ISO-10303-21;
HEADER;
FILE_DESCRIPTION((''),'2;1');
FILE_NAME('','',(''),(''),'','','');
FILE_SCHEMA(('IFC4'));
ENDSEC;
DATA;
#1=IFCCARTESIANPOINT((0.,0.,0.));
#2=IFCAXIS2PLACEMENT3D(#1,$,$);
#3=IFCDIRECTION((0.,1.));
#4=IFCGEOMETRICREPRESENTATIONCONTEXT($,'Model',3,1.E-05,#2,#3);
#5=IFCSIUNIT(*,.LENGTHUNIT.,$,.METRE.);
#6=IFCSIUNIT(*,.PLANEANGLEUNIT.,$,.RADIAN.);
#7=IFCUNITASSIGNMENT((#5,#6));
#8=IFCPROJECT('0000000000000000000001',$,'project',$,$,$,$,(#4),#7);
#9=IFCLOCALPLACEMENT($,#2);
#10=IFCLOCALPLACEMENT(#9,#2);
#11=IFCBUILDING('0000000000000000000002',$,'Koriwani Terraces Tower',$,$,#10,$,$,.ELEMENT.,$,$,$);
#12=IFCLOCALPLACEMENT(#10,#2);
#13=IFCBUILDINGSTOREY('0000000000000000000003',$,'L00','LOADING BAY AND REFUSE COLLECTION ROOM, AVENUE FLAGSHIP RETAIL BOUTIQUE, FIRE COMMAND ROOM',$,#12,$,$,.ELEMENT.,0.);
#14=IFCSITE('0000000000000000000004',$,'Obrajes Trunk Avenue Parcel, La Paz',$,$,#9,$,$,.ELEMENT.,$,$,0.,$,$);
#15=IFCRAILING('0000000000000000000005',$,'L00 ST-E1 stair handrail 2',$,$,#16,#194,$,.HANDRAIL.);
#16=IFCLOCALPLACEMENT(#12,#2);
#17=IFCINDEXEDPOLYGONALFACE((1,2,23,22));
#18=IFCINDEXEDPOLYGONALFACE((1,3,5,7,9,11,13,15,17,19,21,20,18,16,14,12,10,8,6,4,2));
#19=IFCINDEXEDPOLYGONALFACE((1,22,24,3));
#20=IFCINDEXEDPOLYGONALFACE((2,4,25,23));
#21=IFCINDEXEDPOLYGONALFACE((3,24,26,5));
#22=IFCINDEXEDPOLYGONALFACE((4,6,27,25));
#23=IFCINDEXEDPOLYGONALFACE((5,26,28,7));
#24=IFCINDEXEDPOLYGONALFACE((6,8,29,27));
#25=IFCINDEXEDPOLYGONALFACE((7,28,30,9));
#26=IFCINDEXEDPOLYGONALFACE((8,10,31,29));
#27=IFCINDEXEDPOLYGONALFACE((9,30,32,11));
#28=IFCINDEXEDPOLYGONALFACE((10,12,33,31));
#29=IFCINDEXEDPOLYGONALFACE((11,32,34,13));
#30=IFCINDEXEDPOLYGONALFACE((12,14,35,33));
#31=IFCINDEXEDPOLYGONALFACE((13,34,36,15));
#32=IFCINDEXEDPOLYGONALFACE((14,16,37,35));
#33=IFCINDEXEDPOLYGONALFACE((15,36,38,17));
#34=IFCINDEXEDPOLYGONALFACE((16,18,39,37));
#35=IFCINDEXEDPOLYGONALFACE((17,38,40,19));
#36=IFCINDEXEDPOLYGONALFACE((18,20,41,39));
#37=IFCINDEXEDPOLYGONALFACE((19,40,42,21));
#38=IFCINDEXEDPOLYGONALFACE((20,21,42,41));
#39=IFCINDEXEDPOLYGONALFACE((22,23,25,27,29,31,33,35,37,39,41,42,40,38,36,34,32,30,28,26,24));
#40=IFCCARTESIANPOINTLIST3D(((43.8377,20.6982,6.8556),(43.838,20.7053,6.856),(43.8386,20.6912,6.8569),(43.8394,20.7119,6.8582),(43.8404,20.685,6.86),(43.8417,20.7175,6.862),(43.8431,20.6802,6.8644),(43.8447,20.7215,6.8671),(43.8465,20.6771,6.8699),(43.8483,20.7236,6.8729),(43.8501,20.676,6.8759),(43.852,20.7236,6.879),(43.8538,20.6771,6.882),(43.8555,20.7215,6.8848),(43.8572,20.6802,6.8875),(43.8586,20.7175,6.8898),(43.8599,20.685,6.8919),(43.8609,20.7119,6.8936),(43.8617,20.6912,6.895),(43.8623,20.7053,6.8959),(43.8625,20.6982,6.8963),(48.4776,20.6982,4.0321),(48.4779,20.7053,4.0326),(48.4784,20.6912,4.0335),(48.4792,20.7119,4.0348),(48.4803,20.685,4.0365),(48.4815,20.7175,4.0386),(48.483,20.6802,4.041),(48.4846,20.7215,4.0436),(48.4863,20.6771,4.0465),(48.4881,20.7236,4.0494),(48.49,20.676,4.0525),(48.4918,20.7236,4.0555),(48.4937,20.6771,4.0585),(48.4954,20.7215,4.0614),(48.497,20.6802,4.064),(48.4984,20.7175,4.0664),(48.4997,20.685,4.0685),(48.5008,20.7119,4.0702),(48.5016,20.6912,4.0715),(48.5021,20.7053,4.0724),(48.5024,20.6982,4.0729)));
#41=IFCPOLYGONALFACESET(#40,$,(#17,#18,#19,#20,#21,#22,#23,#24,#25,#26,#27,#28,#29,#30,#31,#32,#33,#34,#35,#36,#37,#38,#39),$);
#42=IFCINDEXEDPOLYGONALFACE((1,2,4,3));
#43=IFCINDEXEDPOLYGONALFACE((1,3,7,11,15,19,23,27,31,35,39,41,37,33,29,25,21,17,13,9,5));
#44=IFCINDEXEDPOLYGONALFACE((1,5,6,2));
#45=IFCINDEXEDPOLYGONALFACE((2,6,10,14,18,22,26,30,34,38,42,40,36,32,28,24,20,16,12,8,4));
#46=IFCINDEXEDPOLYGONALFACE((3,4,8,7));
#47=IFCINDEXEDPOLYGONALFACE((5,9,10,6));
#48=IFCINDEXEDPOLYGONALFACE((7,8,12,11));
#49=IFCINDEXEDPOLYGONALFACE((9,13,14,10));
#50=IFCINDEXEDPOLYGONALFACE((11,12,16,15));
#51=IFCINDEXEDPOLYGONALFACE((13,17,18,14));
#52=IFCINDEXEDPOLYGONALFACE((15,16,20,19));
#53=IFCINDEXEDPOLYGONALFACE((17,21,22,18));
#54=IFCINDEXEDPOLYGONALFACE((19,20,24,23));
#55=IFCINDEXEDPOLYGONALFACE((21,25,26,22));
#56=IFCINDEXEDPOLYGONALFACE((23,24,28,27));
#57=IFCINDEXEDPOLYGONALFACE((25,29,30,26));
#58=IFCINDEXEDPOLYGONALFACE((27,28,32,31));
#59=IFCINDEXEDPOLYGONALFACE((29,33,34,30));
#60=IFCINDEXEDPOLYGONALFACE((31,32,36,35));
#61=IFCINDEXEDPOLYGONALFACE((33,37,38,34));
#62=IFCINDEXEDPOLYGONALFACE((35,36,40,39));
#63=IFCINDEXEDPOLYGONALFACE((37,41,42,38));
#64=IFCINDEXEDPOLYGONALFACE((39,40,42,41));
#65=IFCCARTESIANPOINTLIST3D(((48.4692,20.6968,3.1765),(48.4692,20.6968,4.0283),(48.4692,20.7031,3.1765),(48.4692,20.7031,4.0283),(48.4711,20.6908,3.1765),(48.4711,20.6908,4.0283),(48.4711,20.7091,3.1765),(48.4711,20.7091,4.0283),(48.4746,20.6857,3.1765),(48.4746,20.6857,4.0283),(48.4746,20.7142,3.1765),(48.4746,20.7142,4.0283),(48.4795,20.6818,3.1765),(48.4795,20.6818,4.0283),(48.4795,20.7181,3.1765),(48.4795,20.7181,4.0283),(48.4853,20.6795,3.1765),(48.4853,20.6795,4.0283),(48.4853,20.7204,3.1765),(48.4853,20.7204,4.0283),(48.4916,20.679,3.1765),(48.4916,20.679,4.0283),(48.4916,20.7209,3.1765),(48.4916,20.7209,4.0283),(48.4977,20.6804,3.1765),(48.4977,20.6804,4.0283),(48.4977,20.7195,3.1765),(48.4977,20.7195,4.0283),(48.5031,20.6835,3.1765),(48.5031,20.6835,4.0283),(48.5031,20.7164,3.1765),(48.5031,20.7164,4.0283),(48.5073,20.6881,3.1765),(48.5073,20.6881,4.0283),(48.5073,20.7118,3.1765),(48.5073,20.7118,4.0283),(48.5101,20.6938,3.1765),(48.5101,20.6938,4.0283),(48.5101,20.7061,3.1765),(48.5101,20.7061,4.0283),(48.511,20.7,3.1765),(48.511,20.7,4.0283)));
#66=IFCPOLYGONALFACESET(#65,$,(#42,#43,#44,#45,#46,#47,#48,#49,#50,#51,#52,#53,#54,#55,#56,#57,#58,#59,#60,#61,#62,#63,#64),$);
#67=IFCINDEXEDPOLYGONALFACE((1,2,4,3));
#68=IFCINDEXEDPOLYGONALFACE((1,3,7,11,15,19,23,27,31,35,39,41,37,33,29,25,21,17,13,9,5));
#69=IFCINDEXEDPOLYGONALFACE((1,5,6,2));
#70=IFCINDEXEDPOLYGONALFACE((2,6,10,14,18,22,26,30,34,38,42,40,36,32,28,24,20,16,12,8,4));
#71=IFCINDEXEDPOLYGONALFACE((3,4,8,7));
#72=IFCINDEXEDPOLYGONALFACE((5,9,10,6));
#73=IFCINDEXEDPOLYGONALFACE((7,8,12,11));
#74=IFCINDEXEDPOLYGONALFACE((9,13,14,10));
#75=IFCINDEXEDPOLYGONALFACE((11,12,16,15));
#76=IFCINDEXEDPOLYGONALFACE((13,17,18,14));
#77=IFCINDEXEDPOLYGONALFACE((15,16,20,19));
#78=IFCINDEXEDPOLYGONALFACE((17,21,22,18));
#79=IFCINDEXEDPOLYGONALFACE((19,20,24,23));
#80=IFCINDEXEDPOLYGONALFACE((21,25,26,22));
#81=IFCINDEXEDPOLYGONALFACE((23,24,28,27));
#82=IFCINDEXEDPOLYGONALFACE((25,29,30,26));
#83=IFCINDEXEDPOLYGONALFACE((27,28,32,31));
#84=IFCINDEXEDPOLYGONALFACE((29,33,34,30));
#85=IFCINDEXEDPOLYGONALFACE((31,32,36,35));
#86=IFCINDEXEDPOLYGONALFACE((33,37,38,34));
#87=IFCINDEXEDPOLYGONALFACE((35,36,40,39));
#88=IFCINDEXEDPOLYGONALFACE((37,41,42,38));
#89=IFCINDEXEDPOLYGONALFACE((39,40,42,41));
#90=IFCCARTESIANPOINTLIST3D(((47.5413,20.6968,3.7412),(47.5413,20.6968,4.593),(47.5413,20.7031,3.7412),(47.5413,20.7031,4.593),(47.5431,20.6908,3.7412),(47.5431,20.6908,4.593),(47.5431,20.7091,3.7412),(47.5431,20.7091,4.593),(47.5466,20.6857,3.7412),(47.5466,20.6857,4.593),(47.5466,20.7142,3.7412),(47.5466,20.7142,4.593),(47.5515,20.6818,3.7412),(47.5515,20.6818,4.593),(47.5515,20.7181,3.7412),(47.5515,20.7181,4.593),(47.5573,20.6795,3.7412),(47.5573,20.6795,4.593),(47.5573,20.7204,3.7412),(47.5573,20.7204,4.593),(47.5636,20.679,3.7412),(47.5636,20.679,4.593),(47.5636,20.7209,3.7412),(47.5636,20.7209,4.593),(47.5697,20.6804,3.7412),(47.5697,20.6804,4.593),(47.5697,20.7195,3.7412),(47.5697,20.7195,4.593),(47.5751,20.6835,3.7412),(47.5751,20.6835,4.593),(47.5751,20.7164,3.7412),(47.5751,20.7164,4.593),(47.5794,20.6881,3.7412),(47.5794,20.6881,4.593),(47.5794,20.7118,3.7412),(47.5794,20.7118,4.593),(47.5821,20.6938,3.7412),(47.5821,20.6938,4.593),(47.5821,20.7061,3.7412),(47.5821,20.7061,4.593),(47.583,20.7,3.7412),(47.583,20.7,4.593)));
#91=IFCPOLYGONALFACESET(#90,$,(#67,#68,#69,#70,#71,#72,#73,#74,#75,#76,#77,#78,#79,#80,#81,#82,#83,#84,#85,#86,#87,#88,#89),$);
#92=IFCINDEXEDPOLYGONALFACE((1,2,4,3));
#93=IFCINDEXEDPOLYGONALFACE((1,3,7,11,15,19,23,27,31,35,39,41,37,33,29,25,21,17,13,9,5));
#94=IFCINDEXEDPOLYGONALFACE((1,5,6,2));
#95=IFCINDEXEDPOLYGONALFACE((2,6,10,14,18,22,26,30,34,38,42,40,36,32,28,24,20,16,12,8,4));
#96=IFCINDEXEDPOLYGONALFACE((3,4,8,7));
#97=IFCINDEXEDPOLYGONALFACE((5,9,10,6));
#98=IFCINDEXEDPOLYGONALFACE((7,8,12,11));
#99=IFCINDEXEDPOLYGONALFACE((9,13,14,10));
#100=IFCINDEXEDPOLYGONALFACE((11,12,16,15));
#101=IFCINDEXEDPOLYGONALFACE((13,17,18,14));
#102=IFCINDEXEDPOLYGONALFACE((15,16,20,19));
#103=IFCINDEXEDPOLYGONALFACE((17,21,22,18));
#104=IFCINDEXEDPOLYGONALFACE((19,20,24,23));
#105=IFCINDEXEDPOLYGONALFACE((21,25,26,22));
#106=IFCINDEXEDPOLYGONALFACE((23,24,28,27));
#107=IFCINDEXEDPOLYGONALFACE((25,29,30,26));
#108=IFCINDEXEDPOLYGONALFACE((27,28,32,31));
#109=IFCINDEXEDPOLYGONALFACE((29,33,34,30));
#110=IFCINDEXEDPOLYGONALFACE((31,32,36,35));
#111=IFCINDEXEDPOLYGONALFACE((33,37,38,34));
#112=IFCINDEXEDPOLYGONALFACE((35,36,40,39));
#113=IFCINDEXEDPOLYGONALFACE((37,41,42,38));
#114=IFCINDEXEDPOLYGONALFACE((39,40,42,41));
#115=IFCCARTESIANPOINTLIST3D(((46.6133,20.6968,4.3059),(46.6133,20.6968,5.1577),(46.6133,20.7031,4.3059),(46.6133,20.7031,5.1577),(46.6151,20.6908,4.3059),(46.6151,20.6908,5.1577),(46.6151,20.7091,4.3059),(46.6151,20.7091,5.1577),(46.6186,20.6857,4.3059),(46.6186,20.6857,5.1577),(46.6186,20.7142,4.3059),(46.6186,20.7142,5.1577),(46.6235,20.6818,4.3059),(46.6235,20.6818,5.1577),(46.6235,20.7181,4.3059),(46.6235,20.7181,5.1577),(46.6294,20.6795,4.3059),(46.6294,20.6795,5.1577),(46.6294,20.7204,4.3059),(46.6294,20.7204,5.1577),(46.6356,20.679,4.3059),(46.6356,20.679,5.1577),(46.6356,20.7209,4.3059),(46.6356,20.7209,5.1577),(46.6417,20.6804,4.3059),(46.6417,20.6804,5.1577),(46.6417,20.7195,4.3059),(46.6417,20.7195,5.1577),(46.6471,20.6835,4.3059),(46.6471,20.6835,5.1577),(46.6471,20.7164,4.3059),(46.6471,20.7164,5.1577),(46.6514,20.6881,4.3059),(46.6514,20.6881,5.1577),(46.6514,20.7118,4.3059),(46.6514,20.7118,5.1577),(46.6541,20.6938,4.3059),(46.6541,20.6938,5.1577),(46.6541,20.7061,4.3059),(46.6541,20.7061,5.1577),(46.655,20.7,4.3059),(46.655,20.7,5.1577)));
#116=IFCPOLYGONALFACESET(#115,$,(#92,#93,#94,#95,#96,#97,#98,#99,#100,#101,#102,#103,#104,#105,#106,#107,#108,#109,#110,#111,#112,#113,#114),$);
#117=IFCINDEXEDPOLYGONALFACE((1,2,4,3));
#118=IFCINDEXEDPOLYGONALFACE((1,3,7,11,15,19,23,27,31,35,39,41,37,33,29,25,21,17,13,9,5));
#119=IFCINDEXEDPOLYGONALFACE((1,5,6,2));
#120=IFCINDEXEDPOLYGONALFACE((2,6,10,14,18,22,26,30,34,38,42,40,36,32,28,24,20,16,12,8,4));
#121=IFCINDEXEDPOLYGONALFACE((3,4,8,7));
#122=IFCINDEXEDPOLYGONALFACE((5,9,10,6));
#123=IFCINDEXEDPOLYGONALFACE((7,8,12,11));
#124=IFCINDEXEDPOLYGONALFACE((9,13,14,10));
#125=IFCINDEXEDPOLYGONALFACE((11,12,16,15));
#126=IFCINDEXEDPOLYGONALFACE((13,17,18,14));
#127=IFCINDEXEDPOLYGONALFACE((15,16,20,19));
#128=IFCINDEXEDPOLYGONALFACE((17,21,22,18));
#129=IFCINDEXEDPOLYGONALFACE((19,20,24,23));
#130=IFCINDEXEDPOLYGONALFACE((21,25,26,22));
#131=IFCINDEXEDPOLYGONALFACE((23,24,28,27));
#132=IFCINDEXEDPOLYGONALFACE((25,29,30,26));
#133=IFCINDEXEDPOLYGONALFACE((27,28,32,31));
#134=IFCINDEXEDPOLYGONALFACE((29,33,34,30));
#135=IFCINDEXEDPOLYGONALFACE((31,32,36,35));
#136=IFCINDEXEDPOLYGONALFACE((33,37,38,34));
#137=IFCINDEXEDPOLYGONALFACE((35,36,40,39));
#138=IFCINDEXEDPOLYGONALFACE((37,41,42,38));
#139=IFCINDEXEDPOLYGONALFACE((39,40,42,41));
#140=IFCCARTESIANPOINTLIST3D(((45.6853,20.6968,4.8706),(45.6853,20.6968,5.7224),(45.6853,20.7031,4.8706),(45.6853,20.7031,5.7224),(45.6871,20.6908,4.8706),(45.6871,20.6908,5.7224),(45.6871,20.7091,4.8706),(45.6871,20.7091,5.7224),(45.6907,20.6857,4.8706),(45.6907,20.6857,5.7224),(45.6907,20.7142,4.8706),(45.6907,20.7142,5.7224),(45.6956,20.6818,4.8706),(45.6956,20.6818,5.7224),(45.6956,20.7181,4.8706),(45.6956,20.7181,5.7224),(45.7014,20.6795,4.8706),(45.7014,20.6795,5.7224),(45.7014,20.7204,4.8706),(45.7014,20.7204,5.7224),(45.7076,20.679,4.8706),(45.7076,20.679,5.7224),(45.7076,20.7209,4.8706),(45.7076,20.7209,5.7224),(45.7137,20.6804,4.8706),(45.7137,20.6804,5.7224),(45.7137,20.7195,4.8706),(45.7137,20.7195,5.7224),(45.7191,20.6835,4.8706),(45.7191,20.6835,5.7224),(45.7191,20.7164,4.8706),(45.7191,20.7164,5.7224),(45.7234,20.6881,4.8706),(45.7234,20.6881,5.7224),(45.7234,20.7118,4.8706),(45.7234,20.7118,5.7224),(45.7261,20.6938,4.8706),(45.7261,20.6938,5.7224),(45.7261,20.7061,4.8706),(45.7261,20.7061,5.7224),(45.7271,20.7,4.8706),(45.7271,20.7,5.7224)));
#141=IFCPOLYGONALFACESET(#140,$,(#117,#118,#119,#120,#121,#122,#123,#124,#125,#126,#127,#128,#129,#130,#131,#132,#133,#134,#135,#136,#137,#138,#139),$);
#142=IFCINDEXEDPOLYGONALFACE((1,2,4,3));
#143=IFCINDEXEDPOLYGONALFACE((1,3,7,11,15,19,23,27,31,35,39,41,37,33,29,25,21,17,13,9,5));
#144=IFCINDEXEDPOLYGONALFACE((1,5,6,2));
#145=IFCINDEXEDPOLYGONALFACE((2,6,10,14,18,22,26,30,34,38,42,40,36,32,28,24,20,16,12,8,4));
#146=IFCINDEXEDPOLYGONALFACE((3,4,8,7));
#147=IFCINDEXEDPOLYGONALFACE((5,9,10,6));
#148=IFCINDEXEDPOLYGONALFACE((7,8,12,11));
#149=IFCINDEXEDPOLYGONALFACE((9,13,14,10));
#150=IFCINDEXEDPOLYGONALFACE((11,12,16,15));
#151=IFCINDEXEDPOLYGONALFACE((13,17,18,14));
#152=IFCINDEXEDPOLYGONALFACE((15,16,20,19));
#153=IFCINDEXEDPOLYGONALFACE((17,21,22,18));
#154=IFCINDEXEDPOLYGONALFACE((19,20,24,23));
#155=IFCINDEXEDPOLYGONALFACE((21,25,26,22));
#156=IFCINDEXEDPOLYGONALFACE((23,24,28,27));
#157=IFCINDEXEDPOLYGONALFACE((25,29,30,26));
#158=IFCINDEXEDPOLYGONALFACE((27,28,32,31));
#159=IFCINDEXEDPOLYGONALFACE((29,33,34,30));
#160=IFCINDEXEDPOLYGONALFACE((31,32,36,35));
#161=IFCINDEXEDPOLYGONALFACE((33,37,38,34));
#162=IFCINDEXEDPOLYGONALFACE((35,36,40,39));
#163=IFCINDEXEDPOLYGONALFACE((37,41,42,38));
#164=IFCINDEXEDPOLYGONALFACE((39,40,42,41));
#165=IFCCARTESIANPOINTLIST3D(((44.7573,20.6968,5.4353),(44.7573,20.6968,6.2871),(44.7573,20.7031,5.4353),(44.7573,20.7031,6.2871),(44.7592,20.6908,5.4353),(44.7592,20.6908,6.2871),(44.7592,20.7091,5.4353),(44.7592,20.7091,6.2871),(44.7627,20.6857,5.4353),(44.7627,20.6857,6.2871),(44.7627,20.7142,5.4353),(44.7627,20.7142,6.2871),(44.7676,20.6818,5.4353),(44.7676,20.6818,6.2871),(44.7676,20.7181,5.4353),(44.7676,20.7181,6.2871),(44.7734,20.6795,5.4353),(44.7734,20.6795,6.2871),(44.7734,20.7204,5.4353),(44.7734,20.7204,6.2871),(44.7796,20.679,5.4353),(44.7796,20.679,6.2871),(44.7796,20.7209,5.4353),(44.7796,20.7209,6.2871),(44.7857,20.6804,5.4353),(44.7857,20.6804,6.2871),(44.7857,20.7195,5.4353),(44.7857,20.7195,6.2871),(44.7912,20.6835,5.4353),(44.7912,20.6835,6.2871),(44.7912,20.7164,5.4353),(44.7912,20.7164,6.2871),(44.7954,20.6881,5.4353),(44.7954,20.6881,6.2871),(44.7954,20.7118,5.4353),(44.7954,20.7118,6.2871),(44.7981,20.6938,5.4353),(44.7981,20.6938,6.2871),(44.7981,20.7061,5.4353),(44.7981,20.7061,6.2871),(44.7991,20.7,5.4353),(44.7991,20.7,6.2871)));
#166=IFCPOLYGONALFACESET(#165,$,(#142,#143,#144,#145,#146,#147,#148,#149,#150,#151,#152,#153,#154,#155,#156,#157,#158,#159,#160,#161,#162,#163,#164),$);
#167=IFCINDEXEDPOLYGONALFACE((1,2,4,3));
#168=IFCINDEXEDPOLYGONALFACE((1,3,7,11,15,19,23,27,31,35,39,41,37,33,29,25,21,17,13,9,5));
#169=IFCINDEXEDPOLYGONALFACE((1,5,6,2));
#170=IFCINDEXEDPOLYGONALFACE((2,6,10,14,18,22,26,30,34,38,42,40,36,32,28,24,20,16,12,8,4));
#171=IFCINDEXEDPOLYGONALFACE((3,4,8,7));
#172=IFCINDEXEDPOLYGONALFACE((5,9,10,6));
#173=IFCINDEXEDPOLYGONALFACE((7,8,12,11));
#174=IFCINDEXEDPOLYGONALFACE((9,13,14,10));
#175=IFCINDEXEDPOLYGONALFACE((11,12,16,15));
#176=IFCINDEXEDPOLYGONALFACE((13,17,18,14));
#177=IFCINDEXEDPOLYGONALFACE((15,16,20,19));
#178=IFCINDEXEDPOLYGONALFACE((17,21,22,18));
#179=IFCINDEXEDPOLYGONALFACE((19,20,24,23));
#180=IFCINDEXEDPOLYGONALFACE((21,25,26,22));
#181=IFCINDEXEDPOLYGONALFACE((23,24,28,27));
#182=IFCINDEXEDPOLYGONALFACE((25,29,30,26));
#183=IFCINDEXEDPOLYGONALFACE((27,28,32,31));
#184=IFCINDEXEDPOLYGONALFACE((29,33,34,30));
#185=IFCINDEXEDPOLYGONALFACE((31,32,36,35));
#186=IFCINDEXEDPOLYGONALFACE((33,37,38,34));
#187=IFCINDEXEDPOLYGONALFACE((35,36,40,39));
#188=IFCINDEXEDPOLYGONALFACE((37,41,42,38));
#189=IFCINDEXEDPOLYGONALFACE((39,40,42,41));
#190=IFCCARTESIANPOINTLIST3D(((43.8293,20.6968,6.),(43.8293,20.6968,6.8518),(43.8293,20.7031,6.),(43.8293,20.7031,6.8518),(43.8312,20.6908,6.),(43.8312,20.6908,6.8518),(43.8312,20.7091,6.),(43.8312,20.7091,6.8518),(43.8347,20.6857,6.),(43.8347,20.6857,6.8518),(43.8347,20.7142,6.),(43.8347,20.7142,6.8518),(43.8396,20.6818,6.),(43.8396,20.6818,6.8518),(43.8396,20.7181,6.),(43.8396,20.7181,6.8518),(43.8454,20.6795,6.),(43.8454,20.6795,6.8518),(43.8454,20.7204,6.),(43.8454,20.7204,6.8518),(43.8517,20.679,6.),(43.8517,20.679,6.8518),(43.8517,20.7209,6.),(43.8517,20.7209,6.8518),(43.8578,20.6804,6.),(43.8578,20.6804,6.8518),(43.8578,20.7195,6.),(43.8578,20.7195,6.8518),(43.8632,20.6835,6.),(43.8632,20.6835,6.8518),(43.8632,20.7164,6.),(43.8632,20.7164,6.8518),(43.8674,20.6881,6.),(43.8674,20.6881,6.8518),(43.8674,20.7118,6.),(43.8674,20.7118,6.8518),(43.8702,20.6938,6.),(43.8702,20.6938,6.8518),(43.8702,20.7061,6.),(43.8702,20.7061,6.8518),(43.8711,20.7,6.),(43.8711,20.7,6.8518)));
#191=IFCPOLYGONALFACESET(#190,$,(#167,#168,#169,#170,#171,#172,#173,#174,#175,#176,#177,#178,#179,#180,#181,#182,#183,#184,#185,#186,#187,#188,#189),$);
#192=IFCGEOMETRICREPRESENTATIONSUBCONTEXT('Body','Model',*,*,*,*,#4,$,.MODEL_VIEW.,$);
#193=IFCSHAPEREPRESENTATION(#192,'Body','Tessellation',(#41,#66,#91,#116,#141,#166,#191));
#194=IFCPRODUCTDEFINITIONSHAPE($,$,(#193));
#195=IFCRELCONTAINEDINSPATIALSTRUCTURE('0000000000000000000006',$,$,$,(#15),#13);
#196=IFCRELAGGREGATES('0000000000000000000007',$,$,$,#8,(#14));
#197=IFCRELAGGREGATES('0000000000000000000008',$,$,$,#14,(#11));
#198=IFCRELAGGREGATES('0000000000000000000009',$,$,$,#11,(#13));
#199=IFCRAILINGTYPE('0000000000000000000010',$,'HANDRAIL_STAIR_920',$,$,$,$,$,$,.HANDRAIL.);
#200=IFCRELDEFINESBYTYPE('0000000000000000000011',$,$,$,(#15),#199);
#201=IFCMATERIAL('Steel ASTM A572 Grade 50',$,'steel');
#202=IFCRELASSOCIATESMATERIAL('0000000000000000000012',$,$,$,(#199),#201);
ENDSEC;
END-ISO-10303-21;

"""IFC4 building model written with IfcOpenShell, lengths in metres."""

from ifc_helpers import new_model, si_unit, direction, frame, origin, origin_2d, place, context, subcontext, project, spatial, circle, extrude, material, type_object, element, save


model = new_model("IFC4")

# Units and contexts
model_context = context("Model", 3, precision=1e-05, world=origin(), true_north=direction((0.0, 1.0)))
body_context = subcontext(model_context, "Body", "Model", "MODEL_VIEW")
ifc_project = project(units=[si_unit("LENGTHUNIT", "METRE"), si_unit("PLANEANGLEUNIT", "RADIAN")], contexts=[model_context])

# Site, building, storey
site_placement = place(None, origin())
site = spatial("IfcSite", under=ifc_project, at=site_placement, Name="Obrajes Trunk Avenue Parcel, La Paz", CompositionType="ELEMENT", RefElevation=0.0)
building_placement = place(site_placement, origin())
building = spatial("IfcBuilding", under=site, at=building_placement, Name="Koriwani Terraces Tower", CompositionType="ELEMENT")
storey_placement = place(building_placement, origin())
storey = spatial("IfcBuildingStorey", under=building, at=storey_placement, Name="L00", Description="LOADING BAY AND REFUSE COLLECTION ROOM, AVENUE FLAGSHIP RETAIL BOUTIQUE, FIRE COMMAND ROOM", CompositionType="ELEMENT", Elevation=0.0)

# Shared definitions
ifc_material_1 = material(Name="Steel ASTM A572 Grade 50", Category="steel")

# Railing
railing_type_1 = type_object("IfcRailingType", Name="HANDRAIL_STAIR_920", PredefinedType="HANDRAIL", material=ifc_material_1)
railing_1_placement = place(storey_placement, frame((48.49, 20.7, 3.1765)))
element("IfcRailing", 1, at=railing_1_placement, inside=storey, type_object=railing_type_1, Name="L00 ST-E1 stair handrail 2", PredefinedType="HANDRAIL", context=body_context, shape_type="SweptSolid", body=[
    extrude(circle(Radius=0.0239, at=origin_2d()), frame((0.0, 0.0, 0.876), z_axis=(-0.854264, 0.0, 0.51984), x_axis=(0.0, -1.0, 0.0)), (0.0, 0.0, 1.0), 5.4314),
    extrude(circle(Radius=0.021, at=origin_2d()), origin(), (0.0, 0.0, 1.0), 0.8518),
    extrude(circle(Radius=0.021, at=origin_2d()), frame((-0.928, 0.0, 0.5647)), (0.0, 0.0, 1.0), 0.8518),
    extrude(circle(Radius=0.021, at=origin_2d()), frame((-1.856, 0.0, 1.1294)), (0.0, 0.0, 1.0), 0.8518),
    extrude(circle(Radius=0.021, at=origin_2d()), frame((-2.7839, 0.0, 1.6941)), (0.0, 0.0, 1.0), 0.8518),
    extrude(circle(Radius=0.021, at=origin_2d()), frame((-3.7119, 0.0, 2.2588)), (0.0, 0.0, 1.0), 0.8518),
    extrude(circle(Radius=0.021, at=origin_2d()), frame((-4.6399, 0.0, 2.8235)), (0.0, 0.0, 1.0), 0.8518),
])

save(model, "model.ifc")
